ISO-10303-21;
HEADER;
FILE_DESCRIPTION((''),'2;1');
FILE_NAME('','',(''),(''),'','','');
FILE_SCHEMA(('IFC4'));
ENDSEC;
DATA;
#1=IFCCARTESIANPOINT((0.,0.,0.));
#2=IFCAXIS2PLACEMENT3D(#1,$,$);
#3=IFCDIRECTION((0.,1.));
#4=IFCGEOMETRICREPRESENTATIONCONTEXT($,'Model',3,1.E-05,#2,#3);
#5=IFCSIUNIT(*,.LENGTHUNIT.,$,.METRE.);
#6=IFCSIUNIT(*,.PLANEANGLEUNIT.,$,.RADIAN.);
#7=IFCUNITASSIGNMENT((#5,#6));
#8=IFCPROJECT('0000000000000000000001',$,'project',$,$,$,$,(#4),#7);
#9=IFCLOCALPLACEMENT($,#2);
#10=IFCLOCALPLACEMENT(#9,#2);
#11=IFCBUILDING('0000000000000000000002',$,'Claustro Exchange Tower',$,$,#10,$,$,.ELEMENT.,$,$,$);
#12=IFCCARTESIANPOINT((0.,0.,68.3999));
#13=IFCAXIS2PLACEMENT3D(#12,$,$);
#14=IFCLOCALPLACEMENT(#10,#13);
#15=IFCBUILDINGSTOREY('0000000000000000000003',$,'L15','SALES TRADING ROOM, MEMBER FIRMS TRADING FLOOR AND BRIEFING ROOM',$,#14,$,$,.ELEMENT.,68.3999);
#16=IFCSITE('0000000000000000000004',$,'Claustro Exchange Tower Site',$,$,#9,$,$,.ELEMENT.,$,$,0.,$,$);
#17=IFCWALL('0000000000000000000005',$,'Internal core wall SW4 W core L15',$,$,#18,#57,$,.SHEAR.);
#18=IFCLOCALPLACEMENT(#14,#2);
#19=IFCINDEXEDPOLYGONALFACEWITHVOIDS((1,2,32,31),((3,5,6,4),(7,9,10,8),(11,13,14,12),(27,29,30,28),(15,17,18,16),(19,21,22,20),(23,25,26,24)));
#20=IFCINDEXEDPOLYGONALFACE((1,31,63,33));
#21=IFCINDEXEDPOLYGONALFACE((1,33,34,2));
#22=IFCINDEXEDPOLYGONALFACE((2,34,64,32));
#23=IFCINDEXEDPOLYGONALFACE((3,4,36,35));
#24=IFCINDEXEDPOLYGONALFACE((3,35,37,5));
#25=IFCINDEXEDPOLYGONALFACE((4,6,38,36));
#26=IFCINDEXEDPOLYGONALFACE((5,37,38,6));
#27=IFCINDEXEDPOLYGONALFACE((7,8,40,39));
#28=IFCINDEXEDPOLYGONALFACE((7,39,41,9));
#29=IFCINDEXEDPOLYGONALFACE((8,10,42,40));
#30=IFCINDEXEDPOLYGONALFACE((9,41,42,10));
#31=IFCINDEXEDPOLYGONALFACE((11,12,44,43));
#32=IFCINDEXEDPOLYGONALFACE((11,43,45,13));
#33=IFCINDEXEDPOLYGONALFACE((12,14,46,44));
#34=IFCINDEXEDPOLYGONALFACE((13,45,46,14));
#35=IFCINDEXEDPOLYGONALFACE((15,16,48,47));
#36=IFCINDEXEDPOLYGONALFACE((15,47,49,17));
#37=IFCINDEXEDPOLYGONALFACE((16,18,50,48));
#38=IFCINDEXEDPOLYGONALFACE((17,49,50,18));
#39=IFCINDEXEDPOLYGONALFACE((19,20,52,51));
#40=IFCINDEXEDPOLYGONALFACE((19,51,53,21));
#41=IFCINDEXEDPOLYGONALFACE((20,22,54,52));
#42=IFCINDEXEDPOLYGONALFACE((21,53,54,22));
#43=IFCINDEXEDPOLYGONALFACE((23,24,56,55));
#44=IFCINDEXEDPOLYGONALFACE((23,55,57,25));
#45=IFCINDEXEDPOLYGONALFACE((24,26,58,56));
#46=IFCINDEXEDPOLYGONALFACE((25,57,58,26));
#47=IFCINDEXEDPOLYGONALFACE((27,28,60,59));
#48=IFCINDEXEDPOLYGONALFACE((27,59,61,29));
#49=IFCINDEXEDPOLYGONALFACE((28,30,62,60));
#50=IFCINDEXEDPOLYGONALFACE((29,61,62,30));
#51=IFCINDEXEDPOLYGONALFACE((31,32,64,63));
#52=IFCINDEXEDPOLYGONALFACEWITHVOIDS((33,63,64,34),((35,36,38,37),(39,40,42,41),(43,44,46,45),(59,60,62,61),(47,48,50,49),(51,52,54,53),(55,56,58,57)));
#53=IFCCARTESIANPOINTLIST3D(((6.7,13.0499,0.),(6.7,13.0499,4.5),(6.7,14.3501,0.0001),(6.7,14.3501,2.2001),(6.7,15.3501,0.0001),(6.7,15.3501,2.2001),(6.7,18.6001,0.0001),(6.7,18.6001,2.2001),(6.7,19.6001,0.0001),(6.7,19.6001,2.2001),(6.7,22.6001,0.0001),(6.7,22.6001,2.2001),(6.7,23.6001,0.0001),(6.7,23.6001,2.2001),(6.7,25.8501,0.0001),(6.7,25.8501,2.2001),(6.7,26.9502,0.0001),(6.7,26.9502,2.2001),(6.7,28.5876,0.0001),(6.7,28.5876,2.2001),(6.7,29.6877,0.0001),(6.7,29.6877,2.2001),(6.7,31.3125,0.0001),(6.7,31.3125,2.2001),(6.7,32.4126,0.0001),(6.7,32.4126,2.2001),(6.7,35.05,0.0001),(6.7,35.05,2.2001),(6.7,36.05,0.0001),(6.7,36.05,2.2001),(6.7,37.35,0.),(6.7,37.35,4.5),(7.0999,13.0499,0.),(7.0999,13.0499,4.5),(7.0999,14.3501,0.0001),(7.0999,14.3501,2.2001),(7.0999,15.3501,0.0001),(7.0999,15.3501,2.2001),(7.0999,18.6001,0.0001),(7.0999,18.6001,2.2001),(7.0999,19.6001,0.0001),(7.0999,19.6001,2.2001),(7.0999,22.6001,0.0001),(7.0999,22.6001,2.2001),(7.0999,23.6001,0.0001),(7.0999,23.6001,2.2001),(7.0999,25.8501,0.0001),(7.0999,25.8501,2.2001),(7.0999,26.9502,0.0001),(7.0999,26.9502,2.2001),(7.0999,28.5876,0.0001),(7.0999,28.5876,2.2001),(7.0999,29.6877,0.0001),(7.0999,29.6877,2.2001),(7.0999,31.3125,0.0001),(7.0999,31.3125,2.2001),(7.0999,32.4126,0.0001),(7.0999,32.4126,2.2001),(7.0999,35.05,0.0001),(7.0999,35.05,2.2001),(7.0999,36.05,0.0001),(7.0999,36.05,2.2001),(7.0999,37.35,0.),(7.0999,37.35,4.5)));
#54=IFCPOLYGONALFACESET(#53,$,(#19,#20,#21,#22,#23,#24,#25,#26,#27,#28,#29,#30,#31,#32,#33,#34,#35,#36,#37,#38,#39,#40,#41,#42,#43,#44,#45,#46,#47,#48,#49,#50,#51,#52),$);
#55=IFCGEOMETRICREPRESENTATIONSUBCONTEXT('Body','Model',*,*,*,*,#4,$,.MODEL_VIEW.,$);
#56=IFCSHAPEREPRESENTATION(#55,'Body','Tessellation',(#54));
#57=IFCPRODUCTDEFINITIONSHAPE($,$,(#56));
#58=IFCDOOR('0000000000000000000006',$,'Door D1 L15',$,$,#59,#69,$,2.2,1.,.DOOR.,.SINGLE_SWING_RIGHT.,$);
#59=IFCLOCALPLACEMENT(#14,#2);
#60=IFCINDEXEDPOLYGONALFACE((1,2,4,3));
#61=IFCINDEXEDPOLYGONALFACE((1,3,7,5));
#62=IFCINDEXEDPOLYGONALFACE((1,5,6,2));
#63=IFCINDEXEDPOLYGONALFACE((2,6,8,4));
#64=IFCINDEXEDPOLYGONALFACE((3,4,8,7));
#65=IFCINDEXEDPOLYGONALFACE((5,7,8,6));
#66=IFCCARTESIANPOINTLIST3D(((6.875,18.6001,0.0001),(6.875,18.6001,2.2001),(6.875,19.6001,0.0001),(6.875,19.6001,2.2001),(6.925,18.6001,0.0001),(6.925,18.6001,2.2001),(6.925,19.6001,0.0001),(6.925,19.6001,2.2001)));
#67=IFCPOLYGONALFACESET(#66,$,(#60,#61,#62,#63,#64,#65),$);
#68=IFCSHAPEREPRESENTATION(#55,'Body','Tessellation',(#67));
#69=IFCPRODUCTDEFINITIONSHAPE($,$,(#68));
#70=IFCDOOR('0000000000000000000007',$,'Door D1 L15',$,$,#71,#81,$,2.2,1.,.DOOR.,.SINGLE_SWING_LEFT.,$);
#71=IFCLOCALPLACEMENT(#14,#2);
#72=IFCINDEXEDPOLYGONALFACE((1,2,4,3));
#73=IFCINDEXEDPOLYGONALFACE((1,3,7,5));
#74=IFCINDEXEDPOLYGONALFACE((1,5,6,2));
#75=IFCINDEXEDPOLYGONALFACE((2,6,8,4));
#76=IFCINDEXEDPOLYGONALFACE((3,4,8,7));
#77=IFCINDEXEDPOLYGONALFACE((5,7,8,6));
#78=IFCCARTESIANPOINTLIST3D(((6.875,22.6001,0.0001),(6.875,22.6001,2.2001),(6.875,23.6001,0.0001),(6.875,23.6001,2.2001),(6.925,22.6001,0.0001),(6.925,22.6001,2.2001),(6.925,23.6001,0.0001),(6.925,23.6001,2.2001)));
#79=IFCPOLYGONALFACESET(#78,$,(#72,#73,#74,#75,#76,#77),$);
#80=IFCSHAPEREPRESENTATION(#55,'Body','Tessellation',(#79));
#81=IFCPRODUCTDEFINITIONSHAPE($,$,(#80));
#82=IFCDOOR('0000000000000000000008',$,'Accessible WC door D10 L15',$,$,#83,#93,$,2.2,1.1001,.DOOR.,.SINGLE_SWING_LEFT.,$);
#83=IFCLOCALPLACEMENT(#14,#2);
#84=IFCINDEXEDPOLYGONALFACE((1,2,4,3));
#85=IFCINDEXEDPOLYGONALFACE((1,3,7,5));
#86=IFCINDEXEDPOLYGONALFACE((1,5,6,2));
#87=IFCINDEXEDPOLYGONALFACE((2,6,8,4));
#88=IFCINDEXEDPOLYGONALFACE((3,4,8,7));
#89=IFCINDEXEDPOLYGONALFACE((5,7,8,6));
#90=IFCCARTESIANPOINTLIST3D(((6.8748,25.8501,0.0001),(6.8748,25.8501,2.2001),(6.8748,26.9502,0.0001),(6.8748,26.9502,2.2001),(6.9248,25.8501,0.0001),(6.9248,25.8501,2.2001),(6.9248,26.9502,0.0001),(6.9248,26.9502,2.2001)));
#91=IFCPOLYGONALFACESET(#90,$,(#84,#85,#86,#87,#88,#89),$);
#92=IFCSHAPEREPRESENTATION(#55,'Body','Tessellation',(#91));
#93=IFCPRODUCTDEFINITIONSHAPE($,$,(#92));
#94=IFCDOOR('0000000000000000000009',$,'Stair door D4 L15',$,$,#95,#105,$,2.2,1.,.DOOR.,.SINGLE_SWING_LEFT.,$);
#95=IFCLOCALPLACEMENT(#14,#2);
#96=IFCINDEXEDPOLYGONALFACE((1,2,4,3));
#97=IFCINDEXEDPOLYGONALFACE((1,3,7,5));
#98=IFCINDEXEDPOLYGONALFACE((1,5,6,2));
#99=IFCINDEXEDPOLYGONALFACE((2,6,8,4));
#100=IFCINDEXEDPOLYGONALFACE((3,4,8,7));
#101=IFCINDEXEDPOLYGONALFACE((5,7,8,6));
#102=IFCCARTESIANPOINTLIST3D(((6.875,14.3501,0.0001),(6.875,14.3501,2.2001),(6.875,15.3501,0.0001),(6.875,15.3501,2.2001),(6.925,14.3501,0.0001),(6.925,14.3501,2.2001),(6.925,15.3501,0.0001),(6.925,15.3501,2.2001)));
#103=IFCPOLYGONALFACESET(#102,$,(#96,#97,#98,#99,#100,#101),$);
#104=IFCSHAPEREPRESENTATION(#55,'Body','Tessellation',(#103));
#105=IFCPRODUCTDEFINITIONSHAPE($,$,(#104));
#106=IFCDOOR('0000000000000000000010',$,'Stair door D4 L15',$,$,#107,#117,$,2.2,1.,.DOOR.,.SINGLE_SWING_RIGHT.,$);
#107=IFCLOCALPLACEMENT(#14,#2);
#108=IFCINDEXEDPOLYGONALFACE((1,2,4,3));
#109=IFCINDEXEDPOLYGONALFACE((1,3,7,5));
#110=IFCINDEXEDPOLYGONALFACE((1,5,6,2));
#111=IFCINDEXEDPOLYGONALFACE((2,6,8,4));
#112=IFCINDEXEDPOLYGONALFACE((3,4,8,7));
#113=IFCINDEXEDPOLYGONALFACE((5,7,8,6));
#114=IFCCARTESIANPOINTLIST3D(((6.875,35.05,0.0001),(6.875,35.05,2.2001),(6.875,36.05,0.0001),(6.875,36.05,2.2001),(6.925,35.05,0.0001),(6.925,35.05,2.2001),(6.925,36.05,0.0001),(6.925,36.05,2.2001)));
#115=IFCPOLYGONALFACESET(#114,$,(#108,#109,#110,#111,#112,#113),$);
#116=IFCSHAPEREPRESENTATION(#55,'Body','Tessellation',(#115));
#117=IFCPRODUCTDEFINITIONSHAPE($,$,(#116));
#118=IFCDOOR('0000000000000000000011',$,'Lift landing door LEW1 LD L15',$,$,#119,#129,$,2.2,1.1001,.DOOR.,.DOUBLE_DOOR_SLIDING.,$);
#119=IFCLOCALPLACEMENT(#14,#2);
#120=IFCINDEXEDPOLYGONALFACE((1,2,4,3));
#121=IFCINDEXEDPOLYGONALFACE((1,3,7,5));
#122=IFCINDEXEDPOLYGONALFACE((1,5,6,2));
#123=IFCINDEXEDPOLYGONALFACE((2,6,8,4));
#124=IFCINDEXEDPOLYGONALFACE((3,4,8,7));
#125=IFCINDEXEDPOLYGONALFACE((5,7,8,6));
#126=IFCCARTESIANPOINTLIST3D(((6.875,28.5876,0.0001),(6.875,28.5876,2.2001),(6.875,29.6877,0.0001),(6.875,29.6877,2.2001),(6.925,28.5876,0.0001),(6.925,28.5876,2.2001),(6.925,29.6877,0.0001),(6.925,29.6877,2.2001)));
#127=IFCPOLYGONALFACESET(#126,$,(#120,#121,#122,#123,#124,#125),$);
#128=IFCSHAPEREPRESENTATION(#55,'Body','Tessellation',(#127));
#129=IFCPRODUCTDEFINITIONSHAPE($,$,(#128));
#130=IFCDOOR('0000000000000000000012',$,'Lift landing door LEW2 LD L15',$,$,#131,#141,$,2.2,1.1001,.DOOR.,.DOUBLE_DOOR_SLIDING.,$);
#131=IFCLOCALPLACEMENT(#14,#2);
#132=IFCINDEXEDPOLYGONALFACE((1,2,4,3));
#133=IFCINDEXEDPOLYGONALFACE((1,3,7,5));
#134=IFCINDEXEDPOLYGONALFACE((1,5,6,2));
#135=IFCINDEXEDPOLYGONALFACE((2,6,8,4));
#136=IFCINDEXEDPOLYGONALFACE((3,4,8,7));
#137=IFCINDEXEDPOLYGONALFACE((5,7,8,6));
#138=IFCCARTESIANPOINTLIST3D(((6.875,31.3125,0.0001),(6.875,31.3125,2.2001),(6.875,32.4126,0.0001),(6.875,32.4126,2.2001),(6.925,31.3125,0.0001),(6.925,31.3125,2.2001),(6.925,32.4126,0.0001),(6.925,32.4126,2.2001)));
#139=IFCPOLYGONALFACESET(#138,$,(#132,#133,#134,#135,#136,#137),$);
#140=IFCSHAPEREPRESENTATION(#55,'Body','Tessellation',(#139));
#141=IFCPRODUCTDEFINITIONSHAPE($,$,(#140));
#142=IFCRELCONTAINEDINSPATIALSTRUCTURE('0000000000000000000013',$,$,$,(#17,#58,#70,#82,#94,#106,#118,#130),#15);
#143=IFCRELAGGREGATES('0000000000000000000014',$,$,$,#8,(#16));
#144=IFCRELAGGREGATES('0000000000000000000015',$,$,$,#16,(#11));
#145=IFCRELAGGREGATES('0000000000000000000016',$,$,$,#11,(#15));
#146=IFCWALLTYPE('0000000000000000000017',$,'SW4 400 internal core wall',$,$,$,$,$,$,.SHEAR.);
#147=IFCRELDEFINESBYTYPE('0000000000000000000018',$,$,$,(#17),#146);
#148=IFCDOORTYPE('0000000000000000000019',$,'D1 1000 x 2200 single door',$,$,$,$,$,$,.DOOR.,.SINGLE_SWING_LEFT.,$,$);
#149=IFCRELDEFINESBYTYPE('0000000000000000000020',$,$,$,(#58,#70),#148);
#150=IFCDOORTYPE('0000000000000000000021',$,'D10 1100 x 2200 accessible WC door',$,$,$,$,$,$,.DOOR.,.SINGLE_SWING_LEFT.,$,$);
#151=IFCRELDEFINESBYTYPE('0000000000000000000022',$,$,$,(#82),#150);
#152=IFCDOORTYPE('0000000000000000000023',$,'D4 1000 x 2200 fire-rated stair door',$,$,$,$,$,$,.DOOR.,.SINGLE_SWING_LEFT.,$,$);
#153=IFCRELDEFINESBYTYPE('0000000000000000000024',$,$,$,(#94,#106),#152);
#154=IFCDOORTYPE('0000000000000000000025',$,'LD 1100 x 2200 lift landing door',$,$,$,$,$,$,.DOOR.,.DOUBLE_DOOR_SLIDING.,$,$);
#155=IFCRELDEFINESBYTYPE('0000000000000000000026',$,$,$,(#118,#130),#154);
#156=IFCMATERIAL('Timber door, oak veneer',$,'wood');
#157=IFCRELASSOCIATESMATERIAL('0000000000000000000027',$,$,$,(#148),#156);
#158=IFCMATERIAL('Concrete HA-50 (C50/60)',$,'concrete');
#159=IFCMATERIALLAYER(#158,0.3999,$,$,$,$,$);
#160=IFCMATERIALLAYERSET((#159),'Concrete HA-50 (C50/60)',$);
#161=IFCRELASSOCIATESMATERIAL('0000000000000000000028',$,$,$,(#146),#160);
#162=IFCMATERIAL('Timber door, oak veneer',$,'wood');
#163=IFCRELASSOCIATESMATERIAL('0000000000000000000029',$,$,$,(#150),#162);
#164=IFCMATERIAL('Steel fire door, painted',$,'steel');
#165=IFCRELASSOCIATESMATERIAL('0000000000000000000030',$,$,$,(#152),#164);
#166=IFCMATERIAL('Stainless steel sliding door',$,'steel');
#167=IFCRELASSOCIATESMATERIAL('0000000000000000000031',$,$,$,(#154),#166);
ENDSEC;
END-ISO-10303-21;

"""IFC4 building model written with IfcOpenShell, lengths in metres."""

from ifc_helpers import new_model, si_unit, direction, frame, frame_2d, origin, place, context, subcontext, project, spatial, rectangle, extrude, material, layer, layer_set, type_object, element, fill, save


model = new_model("IFC4")

# Units and contexts
model_context = context("Model", 3, precision=1e-05, world=origin(), true_north=direction((0.0, 1.0)))
body_context = subcontext(model_context, "Body", "Model", "MODEL_VIEW")
ifc_project = project(units=[si_unit("LENGTHUNIT", "METRE"), si_unit("PLANEANGLEUNIT", "RADIAN")], contexts=[model_context])

# Site, building, storey
site_placement = place(None, origin())
site = spatial("IfcSite", under=ifc_project, at=site_placement, Name="Claustro Exchange Tower Site", CompositionType="ELEMENT", RefElevation=0.0)
building_placement = place(site_placement, origin())
building = spatial("IfcBuilding", under=site, at=building_placement, Name="Claustro Exchange Tower", CompositionType="ELEMENT")
storey_placement = place(building_placement, frame((0.0, 0.0, 68.3999)))
storey = spatial("IfcBuildingStorey", under=building, at=storey_placement, Name="L15", Description="SALES TRADING ROOM, MEMBER FIRMS TRADING FLOOR AND BRIEFING ROOM", CompositionType="ELEMENT", Elevation=68.3999)

# Shared definitions
ifc_material_1 = material(Name="Timber door, oak veneer", Category="wood")
door_type_1 = type_object("IfcDoorType", Name="D1 1000 x 2200 single door", OperationType="SINGLE_SWING_LEFT", PredefinedType="DOOR", material=ifc_material_1)

# Wall, openings, doors
ifc_material_2 = material(Name="Concrete HA-50 (C50/60)", Category="concrete")
ifc_layer_1 = layer(ifc_material_2, 0.3999)
ifc_layer_set_1 = layer_set([ifc_layer_1], Name="Concrete HA-50 (C50/60)")
wall_type_1 = type_object("IfcWallType", Name="SW4 400 internal core wall", PredefinedType="SHEAR", material=ifc_layer_set_1)
wall_1_placement = place(storey_placement, frame((6.8999, 13.05, 0.0), z_axis=(0.0, 0.0, 1.0), x_axis=(0.0, 1.0, 0.0)))
wall_1 = element("IfcWall", 1, at=wall_1_placement, inside=storey, type_object=wall_type_1, Name="Internal core wall SW4 W core L15", PredefinedType="SHEAR", context=body_context, shape_type="SweptSolid", body=[
    extrude(rectangle(XDim=24.3, YDim=0.3999, at=frame_2d((12.1499, 0.0))), origin(), (0.0, 0.0, 1.0), 4.5),
])
opening_1_placement = place(wall_1_placement, frame((1.3, 0.0, 0.0)))
opening_1 = element("IfcOpeningElement", 2, at=opening_1_placement, cuts=wall_1, PredefinedType="OPENING", context=body_context, shape_type="SweptSolid", body=[
    extrude(rectangle(XDim=1.0, YDim=2.2, at=frame_2d((0.5, 1.1001))), frame((0.0, 0.21, 0.0), z_axis=(0.0, -1.0, 0.0), x_axis=(1.0, 0.0, 0.0)), (0.0, 0.0, 1.0), 0.4199),
])
opening_2_placement = place(wall_1_placement, frame((22.0, 0.0, 0.0)))
opening_2 = element("IfcOpeningElement", 3, at=opening_2_placement, cuts=wall_1, PredefinedType="OPENING", context=body_context, shape_type="SweptSolid", body=[
    extrude(rectangle(XDim=1.0, YDim=2.2, at=frame_2d((0.5, 1.1001))), frame((0.0, 0.21, 0.0), z_axis=(0.0, -1.0, 0.0), x_axis=(1.0, 0.0, 0.0)), (0.0, 0.0, 1.0), 0.4199),
])
opening_3_placement = place(wall_1_placement, frame((5.55, 0.0, 0.0)))
opening_3 = element("IfcOpeningElement", 4, at=opening_3_placement, cuts=wall_1, PredefinedType="OPENING", context=body_context, shape_type="SweptSolid", body=[
    extrude(rectangle(XDim=1.0, YDim=2.2, at=frame_2d((0.5, 1.1001))), frame((0.0, 0.21, 0.0), z_axis=(0.0, -1.0, 0.0), x_axis=(1.0, 0.0, 0.0)), (0.0, 0.0, 1.0), 0.4199),
])
opening_4_placement = place(wall_1_placement, frame((9.55, 0.0, 0.0)))
opening_4 = element("IfcOpeningElement", 5, at=opening_4_placement, cuts=wall_1, PredefinedType="OPENING", context=body_context, shape_type="SweptSolid", body=[
    extrude(rectangle(XDim=1.0, YDim=2.2, at=frame_2d((0.5, 1.1001))), frame((0.0, 0.21, 0.0), z_axis=(0.0, -1.0, 0.0), x_axis=(1.0, 0.0, 0.0)), (0.0, 0.0, 1.0), 0.4199),
])
opening_5_placement = place(wall_1_placement, frame((12.8, 0.0, 0.0)))
opening_5 = element("IfcOpeningElement", 6, at=opening_5_placement, cuts=wall_1, PredefinedType="OPENING", context=body_context, shape_type="SweptSolid", body=[
    extrude(rectangle(XDim=1.1001, YDim=2.2, at=frame_2d((0.55, 1.1001))), frame((0.0, 0.21, 0.0), z_axis=(0.0, -1.0, 0.0), x_axis=(1.0, 0.0, 0.0)), (0.0, 0.0, 1.0), 0.4199),
])
opening_6_placement = place(wall_1_placement, frame((15.5376, 0.0, 0.0)))
opening_6 = element("IfcOpeningElement", 7, at=opening_6_placement, cuts=wall_1, PredefinedType="OPENING", context=body_context, shape_type="SweptSolid", body=[
    extrude(rectangle(XDim=1.1001, YDim=2.2, at=frame_2d((0.55, 1.1001))), frame((0.0, 0.21, 0.0), z_axis=(0.0, -1.0, 0.0), x_axis=(1.0, 0.0, 0.0)), (0.0, 0.0, 1.0), 0.4199),
])
opening_7_placement = place(wall_1_placement, frame((18.2625, 0.0, 0.0)))
opening_7 = element("IfcOpeningElement", 8, at=opening_7_placement, cuts=wall_1, PredefinedType="OPENING", context=body_context, shape_type="SweptSolid", body=[
    extrude(rectangle(XDim=1.1001, YDim=2.2, at=frame_2d((0.55, 1.1001))), frame((0.0, 0.21, 0.0), z_axis=(0.0, -1.0, 0.0), x_axis=(1.0, 0.0, 0.0)), (0.0, 0.0, 1.0), 0.4199),
])
door_1_placement = place(opening_3_placement, origin())
door_1 = element("IfcDoor", 9, at=door_1_placement, inside=storey, type_object=door_type_1, Name="Door D1 L15", OperationType="SINGLE_SWING_RIGHT", OverallHeight=2.2, OverallWidth=1.0, PredefinedType="DOOR", context=body_context, shape_type="SweptSolid", body=[
    extrude(rectangle(XDim=1.0, YDim=2.2, at=frame_2d((0.5, 1.1001))), frame((0.0, 0.0249, 0.0), z_axis=(0.0, -1.0, 0.0), x_axis=(1.0, 0.0, 0.0)), (0.0, 0.0, 1.0), 0.05),
])
fill(opening_3, door_1)
door_2_placement = place(opening_4_placement, origin())
door_2 = element("IfcDoor", 10, at=door_2_placement, inside=storey, type_object=door_type_1, Name="Door D1 L15", OperationType="SINGLE_SWING_LEFT", OverallHeight=2.2, OverallWidth=1.0, PredefinedType="DOOR", context=body_context, shape_type="SweptSolid", body=[
    extrude(rectangle(XDim=1.0, YDim=2.2, at=frame_2d((0.5, 1.1001))), frame((0.0, 0.0249, 0.0), z_axis=(0.0, -1.0, 0.0), x_axis=(1.0, 0.0, 0.0)), (0.0, 0.0, 1.0), 0.05),
])
fill(opening_4, door_2)
ifc_material_3 = material(Name="Timber door, oak veneer", Category="wood")
door_type_2 = type_object("IfcDoorType", Name="D10 1100 x 2200 accessible WC door", OperationType="SINGLE_SWING_LEFT", PredefinedType="DOOR", material=ifc_material_3)
door_3_placement = place(opening_5_placement, frame((1.1001, 0.0, 0.0), z_axis=(0.0, 0.0, 1.0), x_axis=(-1.0, 0.0, 0.0)))
door_3 = element("IfcDoor", 11, at=door_3_placement, inside=storey, type_object=door_type_2, Name="Accessible WC door D10 L15", OperationType="SINGLE_SWING_LEFT", OverallHeight=2.2, OverallWidth=1.1001, PredefinedType="DOOR", context=body_context, shape_type="SweptSolid", body=[
    extrude(rectangle(XDim=1.1001, YDim=2.2, at=frame_2d((0.55, 1.1001))), frame((0.0, 0.0249, 0.0), z_axis=(0.0, -1.0, 0.0), x_axis=(1.0, 0.0, 0.0)), (0.0, 0.0, 1.0), 0.05),
])
fill(opening_5, door_3)
ifc_material_4 = material(Name="Steel fire door, painted", Category="steel")
door_type_3 = type_object("IfcDoorType", Name="D4 1000 x 2200 fire-rated stair door", OperationType="SINGLE_SWING_LEFT", PredefinedType="DOOR", material=ifc_material_4)
door_4_placement = place(opening_1_placement, origin())
door_4 = element("IfcDoor", 12, at=door_4_placement, inside=storey, type_object=door_type_3, Name="Stair door D4 L15", OperationType="SINGLE_SWING_LEFT", OverallHeight=2.2, OverallWidth=1.0, PredefinedType="DOOR", context=body_context, shape_type="SweptSolid", body=[
    extrude(rectangle(XDim=1.0, YDim=2.2, at=frame_2d((0.5, 1.1001))), frame((0.0, 0.0249, 0.0), z_axis=(0.0, -1.0, 0.0), x_axis=(1.0, 0.0, 0.0)), (0.0, 0.0, 1.0), 0.05),
])
fill(opening_1, door_4)
door_5_placement = place(opening_2_placement, origin())
door_5 = element("IfcDoor", 13, at=door_5_placement, inside=storey, type_object=door_type_3, Name="Stair door D4 L15", OperationType="SINGLE_SWING_RIGHT", OverallHeight=2.2, OverallWidth=1.0, PredefinedType="DOOR", context=body_context, shape_type="SweptSolid", body=[
    extrude(rectangle(XDim=1.0, YDim=2.2, at=frame_2d((0.5, 1.1001))), frame((0.0, 0.0249, 0.0), z_axis=(0.0, -1.0, 0.0), x_axis=(1.0, 0.0, 0.0)), (0.0, 0.0, 1.0), 0.05),
])
fill(opening_2, door_5)
ifc_material_5 = material(Name="Stainless steel sliding door", Category="steel")
door_type_4 = type_object("IfcDoorType", Name="LD 1100 x 2200 lift landing door", OperationType="DOUBLE_DOOR_SLIDING", PredefinedType="DOOR", material=ifc_material_5)
door_6_placement = place(opening_6_placement, origin())
door_6 = element("IfcDoor", 14, at=door_6_placement, inside=storey, type_object=door_type_4, Name="Lift landing door LEW1 LD L15", OperationType="DOUBLE_DOOR_SLIDING", OverallHeight=2.2, OverallWidth=1.1001, PredefinedType="DOOR", context=body_context, shape_type="SweptSolid", body=[
    extrude(rectangle(XDim=1.1001, YDim=2.2, at=frame_2d((0.55, 1.1001))), frame((0.0, 0.0249, 0.0), z_axis=(0.0, -1.0, 0.0), x_axis=(1.0, 0.0, 0.0)), (0.0, 0.0, 1.0), 0.05),
])
fill(opening_6, door_6)
door_7_placement = place(opening_7_placement, origin())
door_7 = element("IfcDoor", 15, at=door_7_placement, inside=storey, type_object=door_type_4, Name="Lift landing door LEW2 LD L15", OperationType="DOUBLE_DOOR_SLIDING", OverallHeight=2.2, OverallWidth=1.1001, PredefinedType="DOOR", context=body_context, shape_type="SweptSolid", body=[
    extrude(rectangle(XDim=1.1001, YDim=2.2, at=frame_2d((0.55, 1.1001))), frame((0.0, 0.0249, 0.0), z_axis=(0.0, -1.0, 0.0), x_axis=(1.0, 0.0, 0.0)), (0.0, 0.0, 1.0), 0.05),
])
fill(opening_7, door_7)

save(model, "model.ifc")
